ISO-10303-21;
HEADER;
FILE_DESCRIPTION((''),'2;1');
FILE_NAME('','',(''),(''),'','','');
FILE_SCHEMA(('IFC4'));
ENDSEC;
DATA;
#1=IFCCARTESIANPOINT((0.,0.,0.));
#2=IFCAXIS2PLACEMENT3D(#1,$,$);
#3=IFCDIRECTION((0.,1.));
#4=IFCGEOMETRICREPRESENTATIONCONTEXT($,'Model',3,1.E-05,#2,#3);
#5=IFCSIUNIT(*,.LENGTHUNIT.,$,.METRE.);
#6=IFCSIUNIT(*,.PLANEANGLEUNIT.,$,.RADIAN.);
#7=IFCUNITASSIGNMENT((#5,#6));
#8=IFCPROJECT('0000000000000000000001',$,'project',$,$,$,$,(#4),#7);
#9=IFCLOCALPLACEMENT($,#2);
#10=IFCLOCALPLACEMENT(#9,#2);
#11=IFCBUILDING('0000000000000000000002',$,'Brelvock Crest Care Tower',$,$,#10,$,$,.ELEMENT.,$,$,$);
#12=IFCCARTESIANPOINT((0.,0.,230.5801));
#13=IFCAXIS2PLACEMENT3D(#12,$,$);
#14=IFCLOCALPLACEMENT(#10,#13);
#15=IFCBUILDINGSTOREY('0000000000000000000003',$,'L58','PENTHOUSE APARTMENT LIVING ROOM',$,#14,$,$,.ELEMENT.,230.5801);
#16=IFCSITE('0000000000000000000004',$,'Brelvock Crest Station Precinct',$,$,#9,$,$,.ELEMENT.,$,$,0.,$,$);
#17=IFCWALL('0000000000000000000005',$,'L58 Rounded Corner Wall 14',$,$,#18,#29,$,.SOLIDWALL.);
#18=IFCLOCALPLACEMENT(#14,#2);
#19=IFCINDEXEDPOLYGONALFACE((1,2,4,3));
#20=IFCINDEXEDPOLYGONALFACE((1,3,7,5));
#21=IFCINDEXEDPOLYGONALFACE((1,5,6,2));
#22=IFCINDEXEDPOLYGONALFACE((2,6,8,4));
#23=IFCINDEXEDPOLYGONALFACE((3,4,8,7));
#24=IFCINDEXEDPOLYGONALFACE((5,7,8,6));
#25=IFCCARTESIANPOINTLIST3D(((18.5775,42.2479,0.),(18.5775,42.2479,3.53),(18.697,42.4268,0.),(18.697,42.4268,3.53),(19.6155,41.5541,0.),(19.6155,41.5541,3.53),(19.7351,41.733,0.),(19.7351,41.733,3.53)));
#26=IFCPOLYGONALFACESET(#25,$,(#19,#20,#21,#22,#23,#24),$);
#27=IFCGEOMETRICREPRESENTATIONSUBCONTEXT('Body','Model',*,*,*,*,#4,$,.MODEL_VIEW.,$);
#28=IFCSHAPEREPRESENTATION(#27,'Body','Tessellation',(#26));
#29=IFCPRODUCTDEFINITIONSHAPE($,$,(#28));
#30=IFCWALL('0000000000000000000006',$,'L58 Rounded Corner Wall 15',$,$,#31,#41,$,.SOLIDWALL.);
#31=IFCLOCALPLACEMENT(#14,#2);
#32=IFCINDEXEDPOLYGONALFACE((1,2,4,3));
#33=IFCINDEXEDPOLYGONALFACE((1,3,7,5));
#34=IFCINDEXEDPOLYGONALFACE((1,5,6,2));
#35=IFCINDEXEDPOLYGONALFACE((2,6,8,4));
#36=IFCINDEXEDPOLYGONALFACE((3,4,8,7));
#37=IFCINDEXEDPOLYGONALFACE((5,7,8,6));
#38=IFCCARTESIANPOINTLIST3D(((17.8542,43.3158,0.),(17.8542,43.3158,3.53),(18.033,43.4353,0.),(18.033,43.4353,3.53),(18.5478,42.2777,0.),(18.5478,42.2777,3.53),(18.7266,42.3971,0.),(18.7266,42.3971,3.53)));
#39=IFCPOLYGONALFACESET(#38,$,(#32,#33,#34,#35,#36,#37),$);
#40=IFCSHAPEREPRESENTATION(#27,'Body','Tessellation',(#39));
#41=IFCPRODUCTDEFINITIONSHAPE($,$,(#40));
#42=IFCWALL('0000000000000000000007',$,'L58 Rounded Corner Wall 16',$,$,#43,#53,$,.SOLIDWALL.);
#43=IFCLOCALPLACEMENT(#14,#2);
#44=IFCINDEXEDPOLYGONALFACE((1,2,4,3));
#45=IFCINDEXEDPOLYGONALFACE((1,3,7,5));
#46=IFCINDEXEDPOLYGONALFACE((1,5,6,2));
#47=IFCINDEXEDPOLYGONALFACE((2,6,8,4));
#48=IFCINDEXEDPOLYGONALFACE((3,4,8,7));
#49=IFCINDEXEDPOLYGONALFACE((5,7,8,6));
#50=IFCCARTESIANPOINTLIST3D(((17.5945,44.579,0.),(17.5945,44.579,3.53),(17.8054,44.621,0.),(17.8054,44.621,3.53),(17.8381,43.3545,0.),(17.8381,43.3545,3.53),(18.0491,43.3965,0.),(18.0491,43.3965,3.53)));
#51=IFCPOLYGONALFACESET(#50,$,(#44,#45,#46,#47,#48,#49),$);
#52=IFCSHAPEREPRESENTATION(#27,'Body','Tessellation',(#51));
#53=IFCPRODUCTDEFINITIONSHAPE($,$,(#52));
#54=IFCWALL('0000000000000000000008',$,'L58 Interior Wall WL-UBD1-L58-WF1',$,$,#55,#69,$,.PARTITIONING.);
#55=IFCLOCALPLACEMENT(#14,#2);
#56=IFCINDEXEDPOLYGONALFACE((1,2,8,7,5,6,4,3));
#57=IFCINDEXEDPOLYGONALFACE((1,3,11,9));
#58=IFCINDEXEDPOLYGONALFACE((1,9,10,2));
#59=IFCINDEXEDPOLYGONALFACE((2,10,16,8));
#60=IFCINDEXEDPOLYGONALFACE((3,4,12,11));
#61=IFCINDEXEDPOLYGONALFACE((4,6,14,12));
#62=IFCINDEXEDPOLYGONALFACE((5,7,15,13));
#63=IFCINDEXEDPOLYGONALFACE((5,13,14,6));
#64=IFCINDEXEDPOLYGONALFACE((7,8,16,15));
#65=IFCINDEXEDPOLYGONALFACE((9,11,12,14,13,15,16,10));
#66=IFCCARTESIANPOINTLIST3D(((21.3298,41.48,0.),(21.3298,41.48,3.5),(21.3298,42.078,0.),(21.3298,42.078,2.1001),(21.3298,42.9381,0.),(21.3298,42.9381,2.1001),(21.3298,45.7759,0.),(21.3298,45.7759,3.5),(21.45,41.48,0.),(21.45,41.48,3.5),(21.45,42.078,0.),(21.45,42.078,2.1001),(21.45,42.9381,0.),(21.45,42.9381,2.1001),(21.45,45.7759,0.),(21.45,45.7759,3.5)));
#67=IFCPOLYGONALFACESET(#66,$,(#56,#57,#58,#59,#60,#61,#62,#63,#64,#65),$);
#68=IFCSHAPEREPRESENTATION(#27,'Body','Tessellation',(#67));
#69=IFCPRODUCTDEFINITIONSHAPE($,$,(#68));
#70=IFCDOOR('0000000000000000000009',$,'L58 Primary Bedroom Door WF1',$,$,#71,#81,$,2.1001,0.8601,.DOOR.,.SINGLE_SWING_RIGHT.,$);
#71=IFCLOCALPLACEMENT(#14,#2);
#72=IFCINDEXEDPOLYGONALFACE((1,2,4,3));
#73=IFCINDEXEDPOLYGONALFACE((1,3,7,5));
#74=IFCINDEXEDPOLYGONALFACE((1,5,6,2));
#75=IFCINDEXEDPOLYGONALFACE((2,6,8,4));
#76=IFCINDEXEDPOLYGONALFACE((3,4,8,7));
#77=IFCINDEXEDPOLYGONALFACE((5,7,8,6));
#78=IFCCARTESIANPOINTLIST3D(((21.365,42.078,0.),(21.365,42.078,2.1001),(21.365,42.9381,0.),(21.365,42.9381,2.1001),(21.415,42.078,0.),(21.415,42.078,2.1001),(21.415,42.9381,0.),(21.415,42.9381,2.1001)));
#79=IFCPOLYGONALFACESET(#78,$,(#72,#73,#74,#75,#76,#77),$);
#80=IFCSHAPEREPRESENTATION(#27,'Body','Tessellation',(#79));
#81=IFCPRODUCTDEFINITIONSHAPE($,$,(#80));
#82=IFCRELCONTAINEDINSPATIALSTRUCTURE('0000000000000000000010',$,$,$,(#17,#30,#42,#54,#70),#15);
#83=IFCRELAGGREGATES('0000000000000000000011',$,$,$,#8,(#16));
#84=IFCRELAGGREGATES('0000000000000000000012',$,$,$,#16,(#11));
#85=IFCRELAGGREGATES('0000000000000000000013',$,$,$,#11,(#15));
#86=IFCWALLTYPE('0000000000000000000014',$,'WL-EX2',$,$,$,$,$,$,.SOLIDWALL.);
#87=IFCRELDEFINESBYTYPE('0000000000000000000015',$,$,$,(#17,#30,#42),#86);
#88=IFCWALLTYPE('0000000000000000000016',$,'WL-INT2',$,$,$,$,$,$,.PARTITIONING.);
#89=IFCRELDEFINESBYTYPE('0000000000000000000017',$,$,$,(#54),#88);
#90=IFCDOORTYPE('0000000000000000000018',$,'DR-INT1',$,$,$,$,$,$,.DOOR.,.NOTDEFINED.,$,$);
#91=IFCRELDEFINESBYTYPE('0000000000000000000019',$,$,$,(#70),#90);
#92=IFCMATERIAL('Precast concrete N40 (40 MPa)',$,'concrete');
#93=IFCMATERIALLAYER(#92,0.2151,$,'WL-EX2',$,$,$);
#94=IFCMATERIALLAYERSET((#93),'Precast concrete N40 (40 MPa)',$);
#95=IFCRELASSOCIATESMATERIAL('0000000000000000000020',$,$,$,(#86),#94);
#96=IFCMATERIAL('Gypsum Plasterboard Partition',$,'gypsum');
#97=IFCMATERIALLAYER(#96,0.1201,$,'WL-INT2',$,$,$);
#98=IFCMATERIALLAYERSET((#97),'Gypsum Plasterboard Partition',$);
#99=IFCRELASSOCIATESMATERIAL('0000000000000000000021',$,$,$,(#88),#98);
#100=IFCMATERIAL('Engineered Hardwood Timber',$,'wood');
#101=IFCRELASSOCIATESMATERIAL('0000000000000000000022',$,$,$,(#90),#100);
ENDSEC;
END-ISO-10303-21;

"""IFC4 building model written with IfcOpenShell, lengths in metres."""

from ifc_helpers import new_model, si_unit, direction, frame, frame_2d, origin, origin_2d, place, context, subcontext, project, spatial, rectangle, extrude, source, transform, mapped, material, layer, layer_set, type_object, element, fill, save


model = new_model("IFC4")

# Units and contexts
model_context = context("Model", 3, precision=1e-05, world=origin(), true_north=direction((0.0, 1.0)))
body_context = subcontext(model_context, "Body", "Model", "MODEL_VIEW")
ifc_project = project(units=[si_unit("LENGTHUNIT", "METRE"), si_unit("PLANEANGLEUNIT", "RADIAN")], contexts=[model_context])

# Site, building, storey
site_placement = place(None, origin())
site = spatial("IfcSite", under=ifc_project, at=site_placement, Name="Brelvock Crest Station Precinct", CompositionType="ELEMENT", RefElevation=0.0)
building_placement = place(site_placement, origin())
building = spatial("IfcBuilding", under=site, at=building_placement, Name="Brelvock Crest Care Tower", CompositionType="ELEMENT")
storey_placement = place(building_placement, frame((0.0, 0.0, 230.5801)))
storey = spatial("IfcBuildingStorey", under=building, at=storey_placement, Name="L58", Description="PENTHOUSE APARTMENT LIVING ROOM", CompositionType="ELEMENT", Elevation=230.5801)

# Walls
ifc_material_1 = material(Name="Precast concrete N40 (40 MPa)", Category="concrete")
ifc_layer_1 = layer(ifc_material_1, 0.2151, Name="WL-EX2")
ifc_layer_set_1 = layer_set([ifc_layer_1], Name="Precast concrete N40 (40 MPa)")
wall_type_1 = type_object("IfcWallType", Name="WL-EX2", PredefinedType="SOLIDWALL", material=ifc_layer_set_1)
for number, where, z_axis, x_axis, name in (
    (1, (19.6753, 41.6436, 0.0), (0.0, 0.0, 1.0), (-0.831388, 0.555692, 0.0), "L58 Rounded Corner Wall 14"),
    (2, (18.6372, 42.3374, 0.0), (0.0, 0.0, 1.0), (-0.555557, 0.831478, 0.0), "L58 Rounded Corner Wall 15"),
    (3, (17.9436, 43.3755, 0.0), (0.0, 0.0, 1.0), (-0.195138, 0.980776, 0.0), "L58 Rounded Corner Wall 16"),
):
    element("IfcWall", number, at=place(storey_placement, frame(where, z_axis=z_axis, x_axis=x_axis)), inside=storey, type_object=wall_type_1, Name=name, PredefinedType="SOLIDWALL", context=body_context, shape_type="SweptSolid", body=[
        extrude(rectangle(XDim=1.2485, YDim=0.2151, at=frame_2d((0.6243, 0.0))), origin(), (0.0, 0.0, 1.0), 3.53),
    ])

# Wall, opening, door
ifc_material_2 = material(Name="Gypsum Plasterboard Partition", Category="gypsum")
ifc_layer_2 = layer(ifc_material_2, 0.1201, Name="WL-INT2")
ifc_layer_set_2 = layer_set([ifc_layer_2], Name="Gypsum Plasterboard Partition")
wall_type_2 = type_object("IfcWallType", Name="WL-INT2", PredefinedType="PARTITIONING", material=ifc_layer_set_2)
wall_placement = place(storey_placement, frame((21.3899, 41.48, 0.0), z_axis=(0.0, 0.0, 1.0), x_axis=(0.0, 1.0, 0.0)))
wall = element("IfcWall", 4, at=wall_placement, inside=storey, type_object=wall_type_2, Name="L58 Interior Wall WL-UBD1-L58-WF1", PredefinedType="PARTITIONING", context=body_context, shape_type="SweptSolid", body=[
    extrude(rectangle(XDim=4.2959, YDim=0.1201, at=frame_2d((2.1479, 0.0))), origin(), (0.0, 0.0, 1.0), 3.5),
])
opening_placement = place(wall_placement, frame((0.5979, 0.0, 0.0)))
opening = element("IfcOpeningElement", 5, at=opening_placement, cuts=wall, PredefinedType="OPENING", context=body_context, shape_type="SweptSolid", body=[
    extrude(rectangle(XDim=0.8601, YDim=2.1001, at=origin_2d()), frame((0.4302, 0.0701, 1.05), z_axis=(0.0, -1.0, 0.0), x_axis=(1.0, 0.0, 0.0)), (0.0, 0.0, 1.0), 0.1401),
])
ifc_material_3 = material(Name="Engineered Hardwood Timber", Category="wood")
door_type = type_object("IfcDoorType", Name="DR-INT1", OperationType="NOTDEFINED", PredefinedType="DOOR", material=ifc_material_3)
shared_shape_1 = source(origin(), body_context, "Body", "SweptSolid", [
    extrude(rectangle(XDim=0.8601, YDim=2.1001, at=origin_2d()), frame((0.4302, 0.0249, 1.05), z_axis=(0.0, -1.0, 0.0), x_axis=(1.0, 0.0, 0.0)), (0.0, 0.0, 1.0), 0.05),
])
door_placement = place(opening_placement, origin())
door = element("IfcDoor", 6, at=door_placement, inside=storey, type_object=door_type, Name="L58 Primary Bedroom Door WF1", OperationType="SINGLE_SWING_RIGHT", OverallHeight=2.1001, OverallWidth=0.8601, PredefinedType="DOOR", context=body_context, shape_type="MappedRepresentation", body=[
    mapped(shared_shape_1, transform((0.0, 0.0, 0.0), x_axis=(1.0, 0.0, 0.0), y_axis=(0.0, 1.0, 0.0), z_axis=(0.0, 0.0, 1.0), scale=1.0)),
])
fill(opening, door)

save(model, "model.ifc")
